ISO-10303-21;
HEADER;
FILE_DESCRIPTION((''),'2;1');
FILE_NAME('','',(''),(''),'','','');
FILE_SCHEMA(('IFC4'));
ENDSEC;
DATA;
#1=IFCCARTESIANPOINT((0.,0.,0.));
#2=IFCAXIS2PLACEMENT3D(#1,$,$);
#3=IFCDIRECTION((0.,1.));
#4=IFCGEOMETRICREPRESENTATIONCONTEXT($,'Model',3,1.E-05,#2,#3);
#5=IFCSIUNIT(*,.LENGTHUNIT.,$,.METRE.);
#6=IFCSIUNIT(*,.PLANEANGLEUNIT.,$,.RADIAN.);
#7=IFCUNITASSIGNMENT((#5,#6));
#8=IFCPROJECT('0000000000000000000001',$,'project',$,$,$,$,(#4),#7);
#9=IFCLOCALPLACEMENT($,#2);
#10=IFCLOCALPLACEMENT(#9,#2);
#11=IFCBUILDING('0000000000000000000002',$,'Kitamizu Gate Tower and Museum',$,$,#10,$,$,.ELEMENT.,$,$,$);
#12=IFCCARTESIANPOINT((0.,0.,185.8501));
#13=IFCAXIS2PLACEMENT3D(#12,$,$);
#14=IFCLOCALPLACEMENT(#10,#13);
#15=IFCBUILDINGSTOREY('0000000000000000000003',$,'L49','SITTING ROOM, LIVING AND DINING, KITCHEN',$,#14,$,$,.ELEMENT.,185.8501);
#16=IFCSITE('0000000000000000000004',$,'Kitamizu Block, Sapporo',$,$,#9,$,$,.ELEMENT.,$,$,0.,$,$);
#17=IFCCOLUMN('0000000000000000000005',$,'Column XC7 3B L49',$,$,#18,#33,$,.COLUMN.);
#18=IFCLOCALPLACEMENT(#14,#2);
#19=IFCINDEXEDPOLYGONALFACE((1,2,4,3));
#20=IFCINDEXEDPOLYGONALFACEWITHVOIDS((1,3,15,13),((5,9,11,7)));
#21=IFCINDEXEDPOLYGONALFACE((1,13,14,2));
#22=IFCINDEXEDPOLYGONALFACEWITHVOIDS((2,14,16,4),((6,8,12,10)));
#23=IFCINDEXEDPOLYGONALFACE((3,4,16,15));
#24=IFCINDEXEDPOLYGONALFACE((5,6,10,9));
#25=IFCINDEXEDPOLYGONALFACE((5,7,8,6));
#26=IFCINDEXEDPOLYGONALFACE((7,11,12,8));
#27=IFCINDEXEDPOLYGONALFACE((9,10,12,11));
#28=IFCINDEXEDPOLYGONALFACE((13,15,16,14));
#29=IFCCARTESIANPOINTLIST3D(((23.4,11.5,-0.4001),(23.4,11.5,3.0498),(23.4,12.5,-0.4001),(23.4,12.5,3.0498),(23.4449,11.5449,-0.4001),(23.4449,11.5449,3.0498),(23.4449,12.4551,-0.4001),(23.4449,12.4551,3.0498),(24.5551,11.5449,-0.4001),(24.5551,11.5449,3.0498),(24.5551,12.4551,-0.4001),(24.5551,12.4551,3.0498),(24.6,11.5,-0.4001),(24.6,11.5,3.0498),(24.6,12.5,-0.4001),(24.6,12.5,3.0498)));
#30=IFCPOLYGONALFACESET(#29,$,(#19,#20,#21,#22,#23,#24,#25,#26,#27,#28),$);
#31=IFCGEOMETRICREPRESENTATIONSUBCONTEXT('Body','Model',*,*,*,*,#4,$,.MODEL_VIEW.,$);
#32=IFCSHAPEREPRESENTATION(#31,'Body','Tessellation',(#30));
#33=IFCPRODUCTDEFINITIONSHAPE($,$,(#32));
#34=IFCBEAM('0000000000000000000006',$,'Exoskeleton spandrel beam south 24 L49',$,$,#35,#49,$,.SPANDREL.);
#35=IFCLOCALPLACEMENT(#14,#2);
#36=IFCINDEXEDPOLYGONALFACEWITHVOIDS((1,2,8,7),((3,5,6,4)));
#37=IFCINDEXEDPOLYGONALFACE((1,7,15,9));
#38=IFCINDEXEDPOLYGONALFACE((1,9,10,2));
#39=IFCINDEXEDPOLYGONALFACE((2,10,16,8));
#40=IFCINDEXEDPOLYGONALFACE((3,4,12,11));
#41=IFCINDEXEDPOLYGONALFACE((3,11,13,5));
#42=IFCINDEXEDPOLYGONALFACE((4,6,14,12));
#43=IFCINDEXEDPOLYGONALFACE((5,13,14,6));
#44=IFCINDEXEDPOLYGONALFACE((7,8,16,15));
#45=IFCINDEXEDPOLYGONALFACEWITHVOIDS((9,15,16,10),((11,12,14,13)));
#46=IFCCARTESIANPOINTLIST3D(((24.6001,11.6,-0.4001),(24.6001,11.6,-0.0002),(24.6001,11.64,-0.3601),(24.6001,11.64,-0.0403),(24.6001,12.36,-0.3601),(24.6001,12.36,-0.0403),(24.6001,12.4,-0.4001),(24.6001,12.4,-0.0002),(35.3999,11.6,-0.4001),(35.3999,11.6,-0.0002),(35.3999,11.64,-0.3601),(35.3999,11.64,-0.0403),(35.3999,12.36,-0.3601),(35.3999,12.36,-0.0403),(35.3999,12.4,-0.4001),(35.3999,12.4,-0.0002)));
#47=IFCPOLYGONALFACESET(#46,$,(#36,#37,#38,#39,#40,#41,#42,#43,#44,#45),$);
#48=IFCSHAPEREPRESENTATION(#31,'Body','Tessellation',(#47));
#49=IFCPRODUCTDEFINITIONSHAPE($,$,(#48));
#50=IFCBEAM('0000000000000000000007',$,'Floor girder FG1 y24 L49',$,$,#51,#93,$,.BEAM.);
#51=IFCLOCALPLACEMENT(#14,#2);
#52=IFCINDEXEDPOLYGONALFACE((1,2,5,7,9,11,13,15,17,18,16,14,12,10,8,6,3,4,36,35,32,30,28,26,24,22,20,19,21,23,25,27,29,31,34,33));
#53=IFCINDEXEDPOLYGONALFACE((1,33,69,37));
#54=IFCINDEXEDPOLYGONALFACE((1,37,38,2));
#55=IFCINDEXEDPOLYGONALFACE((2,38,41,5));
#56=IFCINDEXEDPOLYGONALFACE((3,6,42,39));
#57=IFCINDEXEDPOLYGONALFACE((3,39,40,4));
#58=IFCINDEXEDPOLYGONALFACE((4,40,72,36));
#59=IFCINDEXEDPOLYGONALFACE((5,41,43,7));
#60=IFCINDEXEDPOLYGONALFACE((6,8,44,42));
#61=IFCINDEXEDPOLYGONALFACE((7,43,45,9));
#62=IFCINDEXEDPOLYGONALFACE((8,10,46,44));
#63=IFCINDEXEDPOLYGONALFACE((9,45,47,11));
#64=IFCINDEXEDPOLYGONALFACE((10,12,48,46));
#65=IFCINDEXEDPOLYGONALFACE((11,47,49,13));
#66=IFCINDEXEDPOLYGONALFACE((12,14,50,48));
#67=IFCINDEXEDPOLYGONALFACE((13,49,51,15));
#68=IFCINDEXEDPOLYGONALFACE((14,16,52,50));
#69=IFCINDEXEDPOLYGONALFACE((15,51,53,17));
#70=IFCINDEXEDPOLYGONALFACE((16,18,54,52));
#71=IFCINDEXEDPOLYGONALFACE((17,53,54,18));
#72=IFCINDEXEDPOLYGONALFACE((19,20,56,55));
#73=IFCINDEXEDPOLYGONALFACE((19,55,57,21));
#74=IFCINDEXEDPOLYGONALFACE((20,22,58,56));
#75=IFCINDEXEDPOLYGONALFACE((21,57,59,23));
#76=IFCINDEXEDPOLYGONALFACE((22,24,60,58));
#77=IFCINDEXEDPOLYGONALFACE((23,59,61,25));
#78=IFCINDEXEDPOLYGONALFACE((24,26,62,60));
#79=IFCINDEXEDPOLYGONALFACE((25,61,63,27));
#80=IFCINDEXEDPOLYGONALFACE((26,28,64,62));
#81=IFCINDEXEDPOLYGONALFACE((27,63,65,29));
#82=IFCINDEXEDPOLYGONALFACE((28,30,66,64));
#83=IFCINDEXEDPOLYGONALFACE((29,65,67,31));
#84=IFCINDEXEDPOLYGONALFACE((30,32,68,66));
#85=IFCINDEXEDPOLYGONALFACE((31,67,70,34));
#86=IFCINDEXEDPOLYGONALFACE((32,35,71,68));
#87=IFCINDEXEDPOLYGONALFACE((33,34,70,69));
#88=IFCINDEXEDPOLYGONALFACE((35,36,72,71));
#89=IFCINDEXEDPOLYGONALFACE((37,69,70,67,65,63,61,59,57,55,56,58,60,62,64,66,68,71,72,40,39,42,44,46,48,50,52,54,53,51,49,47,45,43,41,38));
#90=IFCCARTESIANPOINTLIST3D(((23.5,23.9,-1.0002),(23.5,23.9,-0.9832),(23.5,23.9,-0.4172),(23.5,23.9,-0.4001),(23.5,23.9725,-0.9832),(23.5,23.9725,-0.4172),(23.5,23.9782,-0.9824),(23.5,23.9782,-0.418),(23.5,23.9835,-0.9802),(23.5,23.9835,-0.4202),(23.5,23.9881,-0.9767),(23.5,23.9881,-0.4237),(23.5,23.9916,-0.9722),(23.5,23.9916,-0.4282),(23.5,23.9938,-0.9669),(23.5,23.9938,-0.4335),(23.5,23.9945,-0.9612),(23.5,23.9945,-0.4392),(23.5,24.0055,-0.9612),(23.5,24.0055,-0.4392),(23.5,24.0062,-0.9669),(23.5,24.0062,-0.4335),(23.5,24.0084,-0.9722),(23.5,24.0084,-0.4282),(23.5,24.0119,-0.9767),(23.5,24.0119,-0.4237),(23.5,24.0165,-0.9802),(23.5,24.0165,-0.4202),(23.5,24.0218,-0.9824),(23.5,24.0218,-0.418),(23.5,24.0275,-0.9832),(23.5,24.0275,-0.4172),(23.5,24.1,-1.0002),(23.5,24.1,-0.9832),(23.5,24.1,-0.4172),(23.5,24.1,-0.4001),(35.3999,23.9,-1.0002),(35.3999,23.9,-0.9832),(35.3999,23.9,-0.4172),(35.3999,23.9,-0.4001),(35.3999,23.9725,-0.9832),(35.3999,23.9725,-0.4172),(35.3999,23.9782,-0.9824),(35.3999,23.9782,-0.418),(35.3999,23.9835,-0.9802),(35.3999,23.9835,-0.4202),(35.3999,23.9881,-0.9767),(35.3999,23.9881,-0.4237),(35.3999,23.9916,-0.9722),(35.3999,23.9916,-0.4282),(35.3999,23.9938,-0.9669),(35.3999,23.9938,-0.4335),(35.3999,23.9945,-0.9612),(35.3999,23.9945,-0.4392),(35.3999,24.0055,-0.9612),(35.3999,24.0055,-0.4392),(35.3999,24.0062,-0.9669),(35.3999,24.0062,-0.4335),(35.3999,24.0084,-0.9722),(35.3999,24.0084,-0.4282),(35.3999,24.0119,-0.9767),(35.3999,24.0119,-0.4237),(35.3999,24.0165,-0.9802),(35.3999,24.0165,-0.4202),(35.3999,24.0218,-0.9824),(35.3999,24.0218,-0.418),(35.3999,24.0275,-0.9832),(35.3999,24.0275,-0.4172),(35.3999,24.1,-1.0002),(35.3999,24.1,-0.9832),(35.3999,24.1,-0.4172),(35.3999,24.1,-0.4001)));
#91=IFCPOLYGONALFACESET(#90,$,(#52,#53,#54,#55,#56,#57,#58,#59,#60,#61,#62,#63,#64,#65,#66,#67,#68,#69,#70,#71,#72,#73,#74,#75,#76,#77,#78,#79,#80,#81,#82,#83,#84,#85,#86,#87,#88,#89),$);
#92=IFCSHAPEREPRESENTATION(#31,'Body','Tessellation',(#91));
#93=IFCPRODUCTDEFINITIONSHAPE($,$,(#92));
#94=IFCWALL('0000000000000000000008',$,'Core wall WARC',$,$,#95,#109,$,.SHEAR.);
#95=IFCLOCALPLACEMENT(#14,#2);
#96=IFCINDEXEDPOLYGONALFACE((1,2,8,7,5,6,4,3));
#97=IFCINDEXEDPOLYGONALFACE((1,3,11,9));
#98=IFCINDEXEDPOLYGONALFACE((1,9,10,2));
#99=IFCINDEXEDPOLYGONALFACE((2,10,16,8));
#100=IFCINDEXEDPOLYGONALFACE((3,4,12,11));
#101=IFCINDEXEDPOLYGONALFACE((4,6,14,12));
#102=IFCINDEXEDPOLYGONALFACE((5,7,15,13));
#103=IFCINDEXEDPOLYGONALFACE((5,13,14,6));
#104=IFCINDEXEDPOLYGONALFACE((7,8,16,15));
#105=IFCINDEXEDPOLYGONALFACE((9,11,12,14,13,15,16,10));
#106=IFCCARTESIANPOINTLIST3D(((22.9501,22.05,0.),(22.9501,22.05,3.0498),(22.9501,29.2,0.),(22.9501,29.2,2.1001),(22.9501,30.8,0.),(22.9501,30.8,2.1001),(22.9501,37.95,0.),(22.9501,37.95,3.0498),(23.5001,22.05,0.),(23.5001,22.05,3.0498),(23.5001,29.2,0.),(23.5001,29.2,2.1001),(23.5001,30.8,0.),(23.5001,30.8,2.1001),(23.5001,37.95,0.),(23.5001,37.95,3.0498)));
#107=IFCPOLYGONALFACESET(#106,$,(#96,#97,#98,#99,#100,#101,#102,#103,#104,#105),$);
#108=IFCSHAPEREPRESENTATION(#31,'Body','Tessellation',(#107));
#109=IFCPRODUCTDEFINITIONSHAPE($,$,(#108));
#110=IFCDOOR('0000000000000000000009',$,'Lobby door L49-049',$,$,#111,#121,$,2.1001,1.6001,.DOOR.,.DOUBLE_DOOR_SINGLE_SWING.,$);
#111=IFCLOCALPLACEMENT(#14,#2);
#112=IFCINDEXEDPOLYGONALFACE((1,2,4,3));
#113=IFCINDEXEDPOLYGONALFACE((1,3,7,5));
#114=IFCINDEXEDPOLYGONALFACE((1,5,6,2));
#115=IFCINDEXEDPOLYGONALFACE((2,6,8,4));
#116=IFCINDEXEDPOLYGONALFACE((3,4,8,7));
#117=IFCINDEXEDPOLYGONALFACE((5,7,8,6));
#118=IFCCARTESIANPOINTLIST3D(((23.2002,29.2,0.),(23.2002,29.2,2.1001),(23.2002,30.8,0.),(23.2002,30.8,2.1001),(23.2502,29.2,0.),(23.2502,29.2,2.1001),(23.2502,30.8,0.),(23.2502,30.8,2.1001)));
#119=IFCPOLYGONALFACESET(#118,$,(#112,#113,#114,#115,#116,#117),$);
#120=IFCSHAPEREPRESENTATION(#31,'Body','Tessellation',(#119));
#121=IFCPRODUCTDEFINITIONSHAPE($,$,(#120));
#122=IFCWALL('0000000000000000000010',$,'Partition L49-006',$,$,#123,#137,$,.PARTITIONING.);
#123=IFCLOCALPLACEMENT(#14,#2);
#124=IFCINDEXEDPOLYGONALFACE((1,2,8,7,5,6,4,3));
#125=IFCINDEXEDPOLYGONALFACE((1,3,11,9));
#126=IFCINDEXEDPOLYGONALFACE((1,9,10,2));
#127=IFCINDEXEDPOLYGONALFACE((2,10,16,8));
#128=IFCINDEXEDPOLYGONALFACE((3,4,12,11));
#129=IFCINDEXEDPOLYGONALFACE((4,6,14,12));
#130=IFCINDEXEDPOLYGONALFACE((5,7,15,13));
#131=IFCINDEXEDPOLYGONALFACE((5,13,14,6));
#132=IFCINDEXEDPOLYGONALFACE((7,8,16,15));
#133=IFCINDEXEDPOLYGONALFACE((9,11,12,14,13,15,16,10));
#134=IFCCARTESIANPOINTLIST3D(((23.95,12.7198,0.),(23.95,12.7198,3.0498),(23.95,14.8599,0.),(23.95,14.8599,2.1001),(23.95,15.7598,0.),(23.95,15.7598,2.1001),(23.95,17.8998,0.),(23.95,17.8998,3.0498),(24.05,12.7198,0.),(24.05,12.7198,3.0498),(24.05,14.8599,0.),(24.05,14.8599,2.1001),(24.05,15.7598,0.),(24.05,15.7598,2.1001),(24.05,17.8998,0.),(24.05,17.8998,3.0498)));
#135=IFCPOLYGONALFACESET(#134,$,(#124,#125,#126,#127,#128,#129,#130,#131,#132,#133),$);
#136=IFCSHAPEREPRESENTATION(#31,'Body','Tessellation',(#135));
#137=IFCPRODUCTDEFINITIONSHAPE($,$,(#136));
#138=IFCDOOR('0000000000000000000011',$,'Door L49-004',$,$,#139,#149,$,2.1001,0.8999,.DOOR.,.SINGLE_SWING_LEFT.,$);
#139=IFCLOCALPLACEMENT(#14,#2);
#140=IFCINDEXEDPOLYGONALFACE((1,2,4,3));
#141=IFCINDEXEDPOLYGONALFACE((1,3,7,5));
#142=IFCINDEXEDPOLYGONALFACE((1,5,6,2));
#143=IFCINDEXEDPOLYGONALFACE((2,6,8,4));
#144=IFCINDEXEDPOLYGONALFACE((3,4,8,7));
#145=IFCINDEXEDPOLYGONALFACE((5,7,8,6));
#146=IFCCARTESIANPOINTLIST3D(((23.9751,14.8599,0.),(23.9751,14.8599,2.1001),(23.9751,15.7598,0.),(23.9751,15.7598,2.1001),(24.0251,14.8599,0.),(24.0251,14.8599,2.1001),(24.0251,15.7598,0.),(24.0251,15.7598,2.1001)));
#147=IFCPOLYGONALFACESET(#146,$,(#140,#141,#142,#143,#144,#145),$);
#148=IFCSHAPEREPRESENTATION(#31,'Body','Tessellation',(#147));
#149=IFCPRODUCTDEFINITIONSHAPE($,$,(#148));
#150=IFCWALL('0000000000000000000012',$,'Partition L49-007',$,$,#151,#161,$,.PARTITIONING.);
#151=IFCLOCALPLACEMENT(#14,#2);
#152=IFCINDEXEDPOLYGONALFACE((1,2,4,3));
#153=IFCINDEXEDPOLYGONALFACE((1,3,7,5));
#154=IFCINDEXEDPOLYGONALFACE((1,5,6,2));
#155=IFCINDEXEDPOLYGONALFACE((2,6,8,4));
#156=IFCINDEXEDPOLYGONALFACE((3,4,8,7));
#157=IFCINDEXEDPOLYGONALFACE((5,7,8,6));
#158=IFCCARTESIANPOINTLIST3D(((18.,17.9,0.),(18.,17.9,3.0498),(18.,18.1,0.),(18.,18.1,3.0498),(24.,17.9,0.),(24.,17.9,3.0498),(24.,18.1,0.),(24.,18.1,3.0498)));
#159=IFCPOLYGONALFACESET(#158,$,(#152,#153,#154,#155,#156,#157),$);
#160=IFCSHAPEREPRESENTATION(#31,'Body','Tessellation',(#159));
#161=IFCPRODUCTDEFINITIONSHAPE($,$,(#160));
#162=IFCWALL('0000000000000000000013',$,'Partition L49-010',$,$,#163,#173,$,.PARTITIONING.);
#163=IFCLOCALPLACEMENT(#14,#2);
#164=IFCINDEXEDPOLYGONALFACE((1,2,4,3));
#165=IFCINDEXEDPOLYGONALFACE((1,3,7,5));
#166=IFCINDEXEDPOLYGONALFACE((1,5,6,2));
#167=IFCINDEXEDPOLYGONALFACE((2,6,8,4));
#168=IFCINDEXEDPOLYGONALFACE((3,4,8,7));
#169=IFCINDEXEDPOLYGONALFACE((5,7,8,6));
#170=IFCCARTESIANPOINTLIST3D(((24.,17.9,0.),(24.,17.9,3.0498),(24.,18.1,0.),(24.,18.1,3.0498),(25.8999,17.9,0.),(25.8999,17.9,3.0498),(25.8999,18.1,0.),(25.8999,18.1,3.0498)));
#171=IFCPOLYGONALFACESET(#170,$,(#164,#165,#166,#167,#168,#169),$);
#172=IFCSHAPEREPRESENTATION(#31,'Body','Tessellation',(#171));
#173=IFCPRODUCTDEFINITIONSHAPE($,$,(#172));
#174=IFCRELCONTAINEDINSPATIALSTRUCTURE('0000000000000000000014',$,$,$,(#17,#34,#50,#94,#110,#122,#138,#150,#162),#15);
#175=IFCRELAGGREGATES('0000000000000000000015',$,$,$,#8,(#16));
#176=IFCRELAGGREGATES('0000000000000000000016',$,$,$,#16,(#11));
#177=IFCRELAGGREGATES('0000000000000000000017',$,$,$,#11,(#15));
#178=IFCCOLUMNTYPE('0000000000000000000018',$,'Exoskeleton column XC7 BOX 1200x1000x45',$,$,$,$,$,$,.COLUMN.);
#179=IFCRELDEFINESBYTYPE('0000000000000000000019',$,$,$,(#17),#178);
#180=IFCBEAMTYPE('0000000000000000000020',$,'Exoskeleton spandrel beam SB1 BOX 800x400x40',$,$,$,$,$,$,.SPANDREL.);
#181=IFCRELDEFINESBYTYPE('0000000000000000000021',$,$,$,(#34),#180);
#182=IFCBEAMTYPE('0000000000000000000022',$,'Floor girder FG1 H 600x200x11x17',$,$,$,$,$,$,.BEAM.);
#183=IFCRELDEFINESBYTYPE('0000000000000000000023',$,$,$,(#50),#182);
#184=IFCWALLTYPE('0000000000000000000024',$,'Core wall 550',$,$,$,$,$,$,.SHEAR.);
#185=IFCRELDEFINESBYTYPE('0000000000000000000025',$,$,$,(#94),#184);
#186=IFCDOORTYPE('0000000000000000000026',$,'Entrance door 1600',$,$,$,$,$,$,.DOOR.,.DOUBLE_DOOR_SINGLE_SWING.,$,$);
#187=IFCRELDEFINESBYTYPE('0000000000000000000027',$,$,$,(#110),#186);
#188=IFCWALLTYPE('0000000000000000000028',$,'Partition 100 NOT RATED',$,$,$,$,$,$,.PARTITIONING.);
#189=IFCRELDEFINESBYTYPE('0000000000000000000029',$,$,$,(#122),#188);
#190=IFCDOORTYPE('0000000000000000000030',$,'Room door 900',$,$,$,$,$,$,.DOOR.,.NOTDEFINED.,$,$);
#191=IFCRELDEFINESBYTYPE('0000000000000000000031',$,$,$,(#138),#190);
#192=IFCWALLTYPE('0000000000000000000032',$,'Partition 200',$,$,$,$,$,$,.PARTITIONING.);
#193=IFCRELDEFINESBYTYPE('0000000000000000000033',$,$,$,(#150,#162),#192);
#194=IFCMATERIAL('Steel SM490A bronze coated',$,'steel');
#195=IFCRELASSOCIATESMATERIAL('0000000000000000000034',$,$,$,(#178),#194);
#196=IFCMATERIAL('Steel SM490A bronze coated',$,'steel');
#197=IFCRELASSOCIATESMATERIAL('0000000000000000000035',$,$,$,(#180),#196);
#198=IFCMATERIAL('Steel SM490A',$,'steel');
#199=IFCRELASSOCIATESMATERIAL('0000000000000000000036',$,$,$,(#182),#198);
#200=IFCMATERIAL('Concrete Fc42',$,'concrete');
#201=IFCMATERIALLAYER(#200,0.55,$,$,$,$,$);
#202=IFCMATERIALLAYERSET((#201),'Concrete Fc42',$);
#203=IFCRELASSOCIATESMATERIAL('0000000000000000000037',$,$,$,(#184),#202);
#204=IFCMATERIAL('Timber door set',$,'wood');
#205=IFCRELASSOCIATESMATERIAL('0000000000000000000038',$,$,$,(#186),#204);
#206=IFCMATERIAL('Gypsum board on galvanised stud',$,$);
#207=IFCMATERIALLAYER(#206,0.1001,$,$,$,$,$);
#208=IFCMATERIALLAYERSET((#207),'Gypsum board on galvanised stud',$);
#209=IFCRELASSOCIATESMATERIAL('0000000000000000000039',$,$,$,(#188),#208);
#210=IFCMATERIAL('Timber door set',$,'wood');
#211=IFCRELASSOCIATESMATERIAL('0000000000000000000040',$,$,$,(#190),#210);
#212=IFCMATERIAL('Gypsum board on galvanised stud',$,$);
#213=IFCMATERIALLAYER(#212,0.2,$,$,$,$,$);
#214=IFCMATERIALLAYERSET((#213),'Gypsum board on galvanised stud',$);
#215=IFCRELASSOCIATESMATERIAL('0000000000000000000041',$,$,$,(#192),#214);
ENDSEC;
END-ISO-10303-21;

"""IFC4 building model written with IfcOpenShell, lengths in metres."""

from ifc_helpers import new_model, si_unit, direction, frame, frame_2d, origin, origin_2d, place, context, subcontext, project, spatial, rectangle, hollow_rectangle, i_section, extrude, material, layer, layer_set, material_profile, profile_set, type_object, element, fill, save


model = new_model("IFC4")

# Units and contexts
model_context = context("Model", 3, precision=1e-05, world=origin(), true_north=direction((0.0, 1.0)))
body_context = subcontext(model_context, "Body", "Model", "MODEL_VIEW")
ifc_project = project(units=[si_unit("LENGTHUNIT", "METRE"), si_unit("PLANEANGLEUNIT", "RADIAN")], contexts=[model_context])

# Site, building, storey
site_placement = place(None, origin())
site = spatial("IfcSite", under=ifc_project, at=site_placement, Name="Kitamizu Block, Sapporo", CompositionType="ELEMENT", RefElevation=0.0)
building_placement = place(site_placement, origin())
building = spatial("IfcBuilding", under=site, at=building_placement, Name="Kitamizu Gate Tower and Museum", CompositionType="ELEMENT")
storey_placement = place(building_placement, frame((0.0, 0.0, 185.8501)))
storey = spatial("IfcBuildingStorey", under=building, at=storey_placement, Name="L49", Description="SITTING ROOM, LIVING AND DINING, KITCHEN", CompositionType="ELEMENT", Elevation=185.8501)

# Column
ifc_material_1 = material(Name="Steel SM490A bronze coated", Category="steel")
ifc_material_profile_1 = material_profile(ifc_material_1, hollow_rectangle(XDim=1.2, YDim=1.0, WallThickness=0.0449, at=origin_2d()), Name="BOX 1200x1000x45")
ifc_profile_set_1 = profile_set([ifc_material_profile_1], Name="Steel SM490A bronze coated")
column_type = type_object("IfcColumnType", Name="Exoskeleton column XC7 BOX 1200x1000x45", PredefinedType="COLUMN", material=ifc_profile_set_1)
column_placement = place(storey_placement, frame((24.0, 12.0, -0.4001), z_axis=(0.0, 0.0, 1.0), x_axis=(1.0, 0.0, 0.0)))
element("IfcColumn", 1, at=column_placement, inside=storey, type_object=column_type, Name="Column XC7 3B L49", PredefinedType="COLUMN", context=body_context, shape_type="SweptSolid", body=[
    extrude(hollow_rectangle(XDim=1.2, YDim=1.0, WallThickness=0.0449, at=origin_2d()), origin(), (0.0, 0.0, 1.0), 3.45),
])

# Beams
ifc_material_2 = material(Name="Steel SM490A bronze coated", Category="steel")
ifc_material_profile_2 = material_profile(ifc_material_2, hollow_rectangle(XDim=0.8, YDim=0.3999, WallThickness=0.04, at=origin_2d()), Name="BOX 800x400x40")
ifc_profile_set_2 = profile_set([ifc_material_profile_2], Name="Steel SM490A bronze coated")
beam_type_1 = type_object("IfcBeamType", Name="Exoskeleton spandrel beam SB1 BOX 800x400x40", PredefinedType="SPANDREL", material=ifc_profile_set_2)
beam_1_placement = place(storey_placement, frame((24.6001, 12.0, -0.2002), z_axis=(1.0, 0.0, 0.0), x_axis=(0.0, 1.0, 0.0)))
element("IfcBeam", 2, at=beam_1_placement, inside=storey, type_object=beam_type_1, Name="Exoskeleton spandrel beam south 24 L49", PredefinedType="SPANDREL", context=body_context, shape_type="SweptSolid", body=[
    extrude(hollow_rectangle(XDim=0.8, YDim=0.3999, WallThickness=0.04, at=origin_2d()), origin(), (0.0, 0.0, 1.0), 10.7998),
])
ifc_material_3 = material(Name="Steel SM490A", Category="steel")
ifc_material_profile_3 = material_profile(ifc_material_3, i_section(OverallWidth=0.2, OverallDepth=0.6001, WebThickness=0.011, FlangeThickness=0.0171, FilletRadius=0.022, at=origin_2d()), Name="H-600x200x11x17")
ifc_profile_set_3 = profile_set([ifc_material_profile_3], Name="Steel SM490A")
beam_type_2 = type_object("IfcBeamType", Name="Floor girder FG1 H 600x200x11x17", PredefinedType="BEAM", material=ifc_profile_set_3)
beam_2_placement = place(storey_placement, frame((23.5, 24.0, -0.7002), z_axis=(1.0, 0.0, 0.0), x_axis=(0.0, 1.0, 0.0)))
element("IfcBeam", 3, at=beam_2_placement, inside=storey, type_object=beam_type_2, Name="Floor girder FG1 y24 L49", PredefinedType="BEAM", context=body_context, shape_type="SweptSolid", body=[
    extrude(i_section(OverallWidth=0.2, OverallDepth=0.6001, WebThickness=0.011, FlangeThickness=0.0171, FilletRadius=0.022, at=origin_2d()), origin(), (0.0, 0.0, 1.0), 11.8999),
])

# Walls, openings, doors
ifc_material_4 = material(Name="Concrete Fc42", Category="concrete")
ifc_layer_1 = layer(ifc_material_4, 0.55)
ifc_layer_set_1 = layer_set([ifc_layer_1], Name="Concrete Fc42")
wall_type_1 = type_object("IfcWallType", Name="Core wall 550", PredefinedType="SHEAR", material=ifc_layer_set_1)
wall_1_placement = place(storey_placement, frame((23.2251, 22.05, 0.0), z_axis=(0.0, 0.0, 1.0), x_axis=(0.0, 1.0, 0.0)))
wall_1 = element("IfcWall", 4, at=wall_1_placement, inside=storey, type_object=wall_type_1, Name="Core wall WARC", PredefinedType="SHEAR", context=body_context, shape_type="SweptSolid", body=[
    extrude(rectangle(XDim=15.8999, YDim=0.55, at=frame_2d((7.95, 0.0))), origin(), (0.0, 0.0, 1.0), 3.0498),
])
opening_1_placement = place(wall_1_placement, frame((7.1499, 0.0, 0.0)))
opening_1 = element("IfcOpeningElement", 5, at=opening_1_placement, cuts=wall_1, PredefinedType="OPENING", context=body_context, shape_type="SweptSolid", body=[
    extrude(rectangle(XDim=1.6001, YDim=2.1001, at=frame_2d((0.8, 1.05))), frame((0.0, 0.2852, 0.0), z_axis=(0.0, -1.0, 0.0), x_axis=(1.0, 0.0, 0.0)), (0.0, 0.0, 1.0), 0.5701),
])
ifc_material_5 = material(Name="Timber door set", Category="wood")
door_type_1 = type_object("IfcDoorType", Name="Entrance door 1600", OperationType="DOUBLE_DOOR_SINGLE_SWING", PredefinedType="DOOR", material=ifc_material_5)
door_1_placement = place(opening_1_placement, origin())
door_1 = element("IfcDoor", 6, at=door_1_placement, inside=storey, type_object=door_type_1, Name="Lobby door L49-049", OperationType="DOUBLE_DOOR_SINGLE_SWING", OverallHeight=2.1001, OverallWidth=1.6001, PredefinedType="DOOR", context=body_context, shape_type="SweptSolid", body=[
    extrude(rectangle(XDim=1.6001, YDim=2.1001, at=frame_2d((0.8, 1.05))), frame((0.0, 0.0249, 0.0), z_axis=(0.0, -1.0, 0.0), x_axis=(1.0, 0.0, 0.0)), (0.0, 0.0, 1.0), 0.05),
])
fill(opening_1, door_1)
ifc_material_6 = material(Name="Gypsum board on galvanised stud")
ifc_layer_2 = layer(ifc_material_6, 0.1001)
ifc_layer_set_2 = layer_set([ifc_layer_2], Name="Gypsum board on galvanised stud")
wall_type_2 = type_object("IfcWallType", Name="Partition 100 NOT RATED", PredefinedType="PARTITIONING", material=ifc_layer_set_2)
wall_2_placement = place(storey_placement, frame((24.0, 12.72, 0.0), z_axis=(0.0, 0.0, 1.0), x_axis=(0.0, 1.0, 0.0)))
wall_2 = element("IfcWall", 7, at=wall_2_placement, inside=storey, type_object=wall_type_2, Name="Partition L49-006", PredefinedType="PARTITIONING", context=body_context, shape_type="SweptSolid", body=[
    extrude(rectangle(XDim=5.1799, YDim=0.1001, at=frame_2d((2.5898, 0.0))), origin(), (0.0, 0.0, 1.0), 3.0498),
])
opening_2_placement = place(wall_2_placement, frame((2.1399, 0.0, 0.0)))
opening_2 = element("IfcOpeningElement", 8, at=opening_2_placement, cuts=wall_2, PredefinedType="OPENING", context=body_context, shape_type="SweptSolid", body=[
    extrude(rectangle(XDim=0.8999, YDim=2.1001, at=frame_2d((0.45, 1.05))), frame((0.0, 0.0601, 0.0), z_axis=(0.0, -1.0, 0.0), x_axis=(1.0, 0.0, 0.0)), (0.0, 0.0, 1.0), 0.1201),
])
ifc_material_7 = material(Name="Timber door set", Category="wood")
door_type_2 = type_object("IfcDoorType", Name="Room door 900", OperationType="NOTDEFINED", PredefinedType="DOOR", material=ifc_material_7)
door_2_placement = place(opening_2_placement, origin())
door_2 = element("IfcDoor", 9, at=door_2_placement, inside=storey, type_object=door_type_2, Name="Door L49-004", OperationType="SINGLE_SWING_LEFT", OverallHeight=2.1001, OverallWidth=0.8999, PredefinedType="DOOR", context=body_context, shape_type="SweptSolid", body=[
    extrude(rectangle(XDim=0.8999, YDim=2.1001, at=frame_2d((0.45, 1.05))), frame((0.0, 0.0249, 0.0), z_axis=(0.0, -1.0, 0.0), x_axis=(1.0, 0.0, 0.0)), (0.0, 0.0, 1.0), 0.05),
])
fill(opening_2, door_2)

# Walls
ifc_material_8 = material(Name="Gypsum board on galvanised stud")
ifc_layer_3 = layer(ifc_material_8, 0.2)
ifc_layer_set_3 = layer_set([ifc_layer_3], Name="Gypsum board on galvanised stud")
wall_type_3 = type_object("IfcWallType", Name="Partition 200", PredefinedType="PARTITIONING", material=ifc_layer_set_3)
wall_3_placement = place(storey_placement, frame((24.0, 18.0, 0.0), z_axis=(0.0, 0.0, 1.0), x_axis=(-1.0, 0.0, 0.0)))
element("IfcWall", 10, at=wall_3_placement, inside=storey, type_object=wall_type_3, Name="Partition L49-007", PredefinedType="PARTITIONING", context=body_context, shape_type="SweptSolid", body=[
    extrude(rectangle(XDim=6.0, YDim=0.2, at=frame_2d((3.0, 0.0))), origin(), (0.0, 0.0, 1.0), 3.0498),
])
wall_4_placement = place(storey_placement, frame((25.8999, 18.0, 0.0), z_axis=(0.0, 0.0, 1.0), x_axis=(-1.0, 0.0, 0.0)))
element("IfcWall", 11, at=wall_4_placement, inside=storey, type_object=wall_type_3, Name="Partition L49-010", PredefinedType="PARTITIONING", context=body_context, shape_type="SweptSolid", body=[
    extrude(rectangle(XDim=1.8999, YDim=0.2, at=frame_2d((0.95, 0.0))), origin(), (0.0, 0.0, 1.0), 3.0498),
])

save(model, "model.ifc")
